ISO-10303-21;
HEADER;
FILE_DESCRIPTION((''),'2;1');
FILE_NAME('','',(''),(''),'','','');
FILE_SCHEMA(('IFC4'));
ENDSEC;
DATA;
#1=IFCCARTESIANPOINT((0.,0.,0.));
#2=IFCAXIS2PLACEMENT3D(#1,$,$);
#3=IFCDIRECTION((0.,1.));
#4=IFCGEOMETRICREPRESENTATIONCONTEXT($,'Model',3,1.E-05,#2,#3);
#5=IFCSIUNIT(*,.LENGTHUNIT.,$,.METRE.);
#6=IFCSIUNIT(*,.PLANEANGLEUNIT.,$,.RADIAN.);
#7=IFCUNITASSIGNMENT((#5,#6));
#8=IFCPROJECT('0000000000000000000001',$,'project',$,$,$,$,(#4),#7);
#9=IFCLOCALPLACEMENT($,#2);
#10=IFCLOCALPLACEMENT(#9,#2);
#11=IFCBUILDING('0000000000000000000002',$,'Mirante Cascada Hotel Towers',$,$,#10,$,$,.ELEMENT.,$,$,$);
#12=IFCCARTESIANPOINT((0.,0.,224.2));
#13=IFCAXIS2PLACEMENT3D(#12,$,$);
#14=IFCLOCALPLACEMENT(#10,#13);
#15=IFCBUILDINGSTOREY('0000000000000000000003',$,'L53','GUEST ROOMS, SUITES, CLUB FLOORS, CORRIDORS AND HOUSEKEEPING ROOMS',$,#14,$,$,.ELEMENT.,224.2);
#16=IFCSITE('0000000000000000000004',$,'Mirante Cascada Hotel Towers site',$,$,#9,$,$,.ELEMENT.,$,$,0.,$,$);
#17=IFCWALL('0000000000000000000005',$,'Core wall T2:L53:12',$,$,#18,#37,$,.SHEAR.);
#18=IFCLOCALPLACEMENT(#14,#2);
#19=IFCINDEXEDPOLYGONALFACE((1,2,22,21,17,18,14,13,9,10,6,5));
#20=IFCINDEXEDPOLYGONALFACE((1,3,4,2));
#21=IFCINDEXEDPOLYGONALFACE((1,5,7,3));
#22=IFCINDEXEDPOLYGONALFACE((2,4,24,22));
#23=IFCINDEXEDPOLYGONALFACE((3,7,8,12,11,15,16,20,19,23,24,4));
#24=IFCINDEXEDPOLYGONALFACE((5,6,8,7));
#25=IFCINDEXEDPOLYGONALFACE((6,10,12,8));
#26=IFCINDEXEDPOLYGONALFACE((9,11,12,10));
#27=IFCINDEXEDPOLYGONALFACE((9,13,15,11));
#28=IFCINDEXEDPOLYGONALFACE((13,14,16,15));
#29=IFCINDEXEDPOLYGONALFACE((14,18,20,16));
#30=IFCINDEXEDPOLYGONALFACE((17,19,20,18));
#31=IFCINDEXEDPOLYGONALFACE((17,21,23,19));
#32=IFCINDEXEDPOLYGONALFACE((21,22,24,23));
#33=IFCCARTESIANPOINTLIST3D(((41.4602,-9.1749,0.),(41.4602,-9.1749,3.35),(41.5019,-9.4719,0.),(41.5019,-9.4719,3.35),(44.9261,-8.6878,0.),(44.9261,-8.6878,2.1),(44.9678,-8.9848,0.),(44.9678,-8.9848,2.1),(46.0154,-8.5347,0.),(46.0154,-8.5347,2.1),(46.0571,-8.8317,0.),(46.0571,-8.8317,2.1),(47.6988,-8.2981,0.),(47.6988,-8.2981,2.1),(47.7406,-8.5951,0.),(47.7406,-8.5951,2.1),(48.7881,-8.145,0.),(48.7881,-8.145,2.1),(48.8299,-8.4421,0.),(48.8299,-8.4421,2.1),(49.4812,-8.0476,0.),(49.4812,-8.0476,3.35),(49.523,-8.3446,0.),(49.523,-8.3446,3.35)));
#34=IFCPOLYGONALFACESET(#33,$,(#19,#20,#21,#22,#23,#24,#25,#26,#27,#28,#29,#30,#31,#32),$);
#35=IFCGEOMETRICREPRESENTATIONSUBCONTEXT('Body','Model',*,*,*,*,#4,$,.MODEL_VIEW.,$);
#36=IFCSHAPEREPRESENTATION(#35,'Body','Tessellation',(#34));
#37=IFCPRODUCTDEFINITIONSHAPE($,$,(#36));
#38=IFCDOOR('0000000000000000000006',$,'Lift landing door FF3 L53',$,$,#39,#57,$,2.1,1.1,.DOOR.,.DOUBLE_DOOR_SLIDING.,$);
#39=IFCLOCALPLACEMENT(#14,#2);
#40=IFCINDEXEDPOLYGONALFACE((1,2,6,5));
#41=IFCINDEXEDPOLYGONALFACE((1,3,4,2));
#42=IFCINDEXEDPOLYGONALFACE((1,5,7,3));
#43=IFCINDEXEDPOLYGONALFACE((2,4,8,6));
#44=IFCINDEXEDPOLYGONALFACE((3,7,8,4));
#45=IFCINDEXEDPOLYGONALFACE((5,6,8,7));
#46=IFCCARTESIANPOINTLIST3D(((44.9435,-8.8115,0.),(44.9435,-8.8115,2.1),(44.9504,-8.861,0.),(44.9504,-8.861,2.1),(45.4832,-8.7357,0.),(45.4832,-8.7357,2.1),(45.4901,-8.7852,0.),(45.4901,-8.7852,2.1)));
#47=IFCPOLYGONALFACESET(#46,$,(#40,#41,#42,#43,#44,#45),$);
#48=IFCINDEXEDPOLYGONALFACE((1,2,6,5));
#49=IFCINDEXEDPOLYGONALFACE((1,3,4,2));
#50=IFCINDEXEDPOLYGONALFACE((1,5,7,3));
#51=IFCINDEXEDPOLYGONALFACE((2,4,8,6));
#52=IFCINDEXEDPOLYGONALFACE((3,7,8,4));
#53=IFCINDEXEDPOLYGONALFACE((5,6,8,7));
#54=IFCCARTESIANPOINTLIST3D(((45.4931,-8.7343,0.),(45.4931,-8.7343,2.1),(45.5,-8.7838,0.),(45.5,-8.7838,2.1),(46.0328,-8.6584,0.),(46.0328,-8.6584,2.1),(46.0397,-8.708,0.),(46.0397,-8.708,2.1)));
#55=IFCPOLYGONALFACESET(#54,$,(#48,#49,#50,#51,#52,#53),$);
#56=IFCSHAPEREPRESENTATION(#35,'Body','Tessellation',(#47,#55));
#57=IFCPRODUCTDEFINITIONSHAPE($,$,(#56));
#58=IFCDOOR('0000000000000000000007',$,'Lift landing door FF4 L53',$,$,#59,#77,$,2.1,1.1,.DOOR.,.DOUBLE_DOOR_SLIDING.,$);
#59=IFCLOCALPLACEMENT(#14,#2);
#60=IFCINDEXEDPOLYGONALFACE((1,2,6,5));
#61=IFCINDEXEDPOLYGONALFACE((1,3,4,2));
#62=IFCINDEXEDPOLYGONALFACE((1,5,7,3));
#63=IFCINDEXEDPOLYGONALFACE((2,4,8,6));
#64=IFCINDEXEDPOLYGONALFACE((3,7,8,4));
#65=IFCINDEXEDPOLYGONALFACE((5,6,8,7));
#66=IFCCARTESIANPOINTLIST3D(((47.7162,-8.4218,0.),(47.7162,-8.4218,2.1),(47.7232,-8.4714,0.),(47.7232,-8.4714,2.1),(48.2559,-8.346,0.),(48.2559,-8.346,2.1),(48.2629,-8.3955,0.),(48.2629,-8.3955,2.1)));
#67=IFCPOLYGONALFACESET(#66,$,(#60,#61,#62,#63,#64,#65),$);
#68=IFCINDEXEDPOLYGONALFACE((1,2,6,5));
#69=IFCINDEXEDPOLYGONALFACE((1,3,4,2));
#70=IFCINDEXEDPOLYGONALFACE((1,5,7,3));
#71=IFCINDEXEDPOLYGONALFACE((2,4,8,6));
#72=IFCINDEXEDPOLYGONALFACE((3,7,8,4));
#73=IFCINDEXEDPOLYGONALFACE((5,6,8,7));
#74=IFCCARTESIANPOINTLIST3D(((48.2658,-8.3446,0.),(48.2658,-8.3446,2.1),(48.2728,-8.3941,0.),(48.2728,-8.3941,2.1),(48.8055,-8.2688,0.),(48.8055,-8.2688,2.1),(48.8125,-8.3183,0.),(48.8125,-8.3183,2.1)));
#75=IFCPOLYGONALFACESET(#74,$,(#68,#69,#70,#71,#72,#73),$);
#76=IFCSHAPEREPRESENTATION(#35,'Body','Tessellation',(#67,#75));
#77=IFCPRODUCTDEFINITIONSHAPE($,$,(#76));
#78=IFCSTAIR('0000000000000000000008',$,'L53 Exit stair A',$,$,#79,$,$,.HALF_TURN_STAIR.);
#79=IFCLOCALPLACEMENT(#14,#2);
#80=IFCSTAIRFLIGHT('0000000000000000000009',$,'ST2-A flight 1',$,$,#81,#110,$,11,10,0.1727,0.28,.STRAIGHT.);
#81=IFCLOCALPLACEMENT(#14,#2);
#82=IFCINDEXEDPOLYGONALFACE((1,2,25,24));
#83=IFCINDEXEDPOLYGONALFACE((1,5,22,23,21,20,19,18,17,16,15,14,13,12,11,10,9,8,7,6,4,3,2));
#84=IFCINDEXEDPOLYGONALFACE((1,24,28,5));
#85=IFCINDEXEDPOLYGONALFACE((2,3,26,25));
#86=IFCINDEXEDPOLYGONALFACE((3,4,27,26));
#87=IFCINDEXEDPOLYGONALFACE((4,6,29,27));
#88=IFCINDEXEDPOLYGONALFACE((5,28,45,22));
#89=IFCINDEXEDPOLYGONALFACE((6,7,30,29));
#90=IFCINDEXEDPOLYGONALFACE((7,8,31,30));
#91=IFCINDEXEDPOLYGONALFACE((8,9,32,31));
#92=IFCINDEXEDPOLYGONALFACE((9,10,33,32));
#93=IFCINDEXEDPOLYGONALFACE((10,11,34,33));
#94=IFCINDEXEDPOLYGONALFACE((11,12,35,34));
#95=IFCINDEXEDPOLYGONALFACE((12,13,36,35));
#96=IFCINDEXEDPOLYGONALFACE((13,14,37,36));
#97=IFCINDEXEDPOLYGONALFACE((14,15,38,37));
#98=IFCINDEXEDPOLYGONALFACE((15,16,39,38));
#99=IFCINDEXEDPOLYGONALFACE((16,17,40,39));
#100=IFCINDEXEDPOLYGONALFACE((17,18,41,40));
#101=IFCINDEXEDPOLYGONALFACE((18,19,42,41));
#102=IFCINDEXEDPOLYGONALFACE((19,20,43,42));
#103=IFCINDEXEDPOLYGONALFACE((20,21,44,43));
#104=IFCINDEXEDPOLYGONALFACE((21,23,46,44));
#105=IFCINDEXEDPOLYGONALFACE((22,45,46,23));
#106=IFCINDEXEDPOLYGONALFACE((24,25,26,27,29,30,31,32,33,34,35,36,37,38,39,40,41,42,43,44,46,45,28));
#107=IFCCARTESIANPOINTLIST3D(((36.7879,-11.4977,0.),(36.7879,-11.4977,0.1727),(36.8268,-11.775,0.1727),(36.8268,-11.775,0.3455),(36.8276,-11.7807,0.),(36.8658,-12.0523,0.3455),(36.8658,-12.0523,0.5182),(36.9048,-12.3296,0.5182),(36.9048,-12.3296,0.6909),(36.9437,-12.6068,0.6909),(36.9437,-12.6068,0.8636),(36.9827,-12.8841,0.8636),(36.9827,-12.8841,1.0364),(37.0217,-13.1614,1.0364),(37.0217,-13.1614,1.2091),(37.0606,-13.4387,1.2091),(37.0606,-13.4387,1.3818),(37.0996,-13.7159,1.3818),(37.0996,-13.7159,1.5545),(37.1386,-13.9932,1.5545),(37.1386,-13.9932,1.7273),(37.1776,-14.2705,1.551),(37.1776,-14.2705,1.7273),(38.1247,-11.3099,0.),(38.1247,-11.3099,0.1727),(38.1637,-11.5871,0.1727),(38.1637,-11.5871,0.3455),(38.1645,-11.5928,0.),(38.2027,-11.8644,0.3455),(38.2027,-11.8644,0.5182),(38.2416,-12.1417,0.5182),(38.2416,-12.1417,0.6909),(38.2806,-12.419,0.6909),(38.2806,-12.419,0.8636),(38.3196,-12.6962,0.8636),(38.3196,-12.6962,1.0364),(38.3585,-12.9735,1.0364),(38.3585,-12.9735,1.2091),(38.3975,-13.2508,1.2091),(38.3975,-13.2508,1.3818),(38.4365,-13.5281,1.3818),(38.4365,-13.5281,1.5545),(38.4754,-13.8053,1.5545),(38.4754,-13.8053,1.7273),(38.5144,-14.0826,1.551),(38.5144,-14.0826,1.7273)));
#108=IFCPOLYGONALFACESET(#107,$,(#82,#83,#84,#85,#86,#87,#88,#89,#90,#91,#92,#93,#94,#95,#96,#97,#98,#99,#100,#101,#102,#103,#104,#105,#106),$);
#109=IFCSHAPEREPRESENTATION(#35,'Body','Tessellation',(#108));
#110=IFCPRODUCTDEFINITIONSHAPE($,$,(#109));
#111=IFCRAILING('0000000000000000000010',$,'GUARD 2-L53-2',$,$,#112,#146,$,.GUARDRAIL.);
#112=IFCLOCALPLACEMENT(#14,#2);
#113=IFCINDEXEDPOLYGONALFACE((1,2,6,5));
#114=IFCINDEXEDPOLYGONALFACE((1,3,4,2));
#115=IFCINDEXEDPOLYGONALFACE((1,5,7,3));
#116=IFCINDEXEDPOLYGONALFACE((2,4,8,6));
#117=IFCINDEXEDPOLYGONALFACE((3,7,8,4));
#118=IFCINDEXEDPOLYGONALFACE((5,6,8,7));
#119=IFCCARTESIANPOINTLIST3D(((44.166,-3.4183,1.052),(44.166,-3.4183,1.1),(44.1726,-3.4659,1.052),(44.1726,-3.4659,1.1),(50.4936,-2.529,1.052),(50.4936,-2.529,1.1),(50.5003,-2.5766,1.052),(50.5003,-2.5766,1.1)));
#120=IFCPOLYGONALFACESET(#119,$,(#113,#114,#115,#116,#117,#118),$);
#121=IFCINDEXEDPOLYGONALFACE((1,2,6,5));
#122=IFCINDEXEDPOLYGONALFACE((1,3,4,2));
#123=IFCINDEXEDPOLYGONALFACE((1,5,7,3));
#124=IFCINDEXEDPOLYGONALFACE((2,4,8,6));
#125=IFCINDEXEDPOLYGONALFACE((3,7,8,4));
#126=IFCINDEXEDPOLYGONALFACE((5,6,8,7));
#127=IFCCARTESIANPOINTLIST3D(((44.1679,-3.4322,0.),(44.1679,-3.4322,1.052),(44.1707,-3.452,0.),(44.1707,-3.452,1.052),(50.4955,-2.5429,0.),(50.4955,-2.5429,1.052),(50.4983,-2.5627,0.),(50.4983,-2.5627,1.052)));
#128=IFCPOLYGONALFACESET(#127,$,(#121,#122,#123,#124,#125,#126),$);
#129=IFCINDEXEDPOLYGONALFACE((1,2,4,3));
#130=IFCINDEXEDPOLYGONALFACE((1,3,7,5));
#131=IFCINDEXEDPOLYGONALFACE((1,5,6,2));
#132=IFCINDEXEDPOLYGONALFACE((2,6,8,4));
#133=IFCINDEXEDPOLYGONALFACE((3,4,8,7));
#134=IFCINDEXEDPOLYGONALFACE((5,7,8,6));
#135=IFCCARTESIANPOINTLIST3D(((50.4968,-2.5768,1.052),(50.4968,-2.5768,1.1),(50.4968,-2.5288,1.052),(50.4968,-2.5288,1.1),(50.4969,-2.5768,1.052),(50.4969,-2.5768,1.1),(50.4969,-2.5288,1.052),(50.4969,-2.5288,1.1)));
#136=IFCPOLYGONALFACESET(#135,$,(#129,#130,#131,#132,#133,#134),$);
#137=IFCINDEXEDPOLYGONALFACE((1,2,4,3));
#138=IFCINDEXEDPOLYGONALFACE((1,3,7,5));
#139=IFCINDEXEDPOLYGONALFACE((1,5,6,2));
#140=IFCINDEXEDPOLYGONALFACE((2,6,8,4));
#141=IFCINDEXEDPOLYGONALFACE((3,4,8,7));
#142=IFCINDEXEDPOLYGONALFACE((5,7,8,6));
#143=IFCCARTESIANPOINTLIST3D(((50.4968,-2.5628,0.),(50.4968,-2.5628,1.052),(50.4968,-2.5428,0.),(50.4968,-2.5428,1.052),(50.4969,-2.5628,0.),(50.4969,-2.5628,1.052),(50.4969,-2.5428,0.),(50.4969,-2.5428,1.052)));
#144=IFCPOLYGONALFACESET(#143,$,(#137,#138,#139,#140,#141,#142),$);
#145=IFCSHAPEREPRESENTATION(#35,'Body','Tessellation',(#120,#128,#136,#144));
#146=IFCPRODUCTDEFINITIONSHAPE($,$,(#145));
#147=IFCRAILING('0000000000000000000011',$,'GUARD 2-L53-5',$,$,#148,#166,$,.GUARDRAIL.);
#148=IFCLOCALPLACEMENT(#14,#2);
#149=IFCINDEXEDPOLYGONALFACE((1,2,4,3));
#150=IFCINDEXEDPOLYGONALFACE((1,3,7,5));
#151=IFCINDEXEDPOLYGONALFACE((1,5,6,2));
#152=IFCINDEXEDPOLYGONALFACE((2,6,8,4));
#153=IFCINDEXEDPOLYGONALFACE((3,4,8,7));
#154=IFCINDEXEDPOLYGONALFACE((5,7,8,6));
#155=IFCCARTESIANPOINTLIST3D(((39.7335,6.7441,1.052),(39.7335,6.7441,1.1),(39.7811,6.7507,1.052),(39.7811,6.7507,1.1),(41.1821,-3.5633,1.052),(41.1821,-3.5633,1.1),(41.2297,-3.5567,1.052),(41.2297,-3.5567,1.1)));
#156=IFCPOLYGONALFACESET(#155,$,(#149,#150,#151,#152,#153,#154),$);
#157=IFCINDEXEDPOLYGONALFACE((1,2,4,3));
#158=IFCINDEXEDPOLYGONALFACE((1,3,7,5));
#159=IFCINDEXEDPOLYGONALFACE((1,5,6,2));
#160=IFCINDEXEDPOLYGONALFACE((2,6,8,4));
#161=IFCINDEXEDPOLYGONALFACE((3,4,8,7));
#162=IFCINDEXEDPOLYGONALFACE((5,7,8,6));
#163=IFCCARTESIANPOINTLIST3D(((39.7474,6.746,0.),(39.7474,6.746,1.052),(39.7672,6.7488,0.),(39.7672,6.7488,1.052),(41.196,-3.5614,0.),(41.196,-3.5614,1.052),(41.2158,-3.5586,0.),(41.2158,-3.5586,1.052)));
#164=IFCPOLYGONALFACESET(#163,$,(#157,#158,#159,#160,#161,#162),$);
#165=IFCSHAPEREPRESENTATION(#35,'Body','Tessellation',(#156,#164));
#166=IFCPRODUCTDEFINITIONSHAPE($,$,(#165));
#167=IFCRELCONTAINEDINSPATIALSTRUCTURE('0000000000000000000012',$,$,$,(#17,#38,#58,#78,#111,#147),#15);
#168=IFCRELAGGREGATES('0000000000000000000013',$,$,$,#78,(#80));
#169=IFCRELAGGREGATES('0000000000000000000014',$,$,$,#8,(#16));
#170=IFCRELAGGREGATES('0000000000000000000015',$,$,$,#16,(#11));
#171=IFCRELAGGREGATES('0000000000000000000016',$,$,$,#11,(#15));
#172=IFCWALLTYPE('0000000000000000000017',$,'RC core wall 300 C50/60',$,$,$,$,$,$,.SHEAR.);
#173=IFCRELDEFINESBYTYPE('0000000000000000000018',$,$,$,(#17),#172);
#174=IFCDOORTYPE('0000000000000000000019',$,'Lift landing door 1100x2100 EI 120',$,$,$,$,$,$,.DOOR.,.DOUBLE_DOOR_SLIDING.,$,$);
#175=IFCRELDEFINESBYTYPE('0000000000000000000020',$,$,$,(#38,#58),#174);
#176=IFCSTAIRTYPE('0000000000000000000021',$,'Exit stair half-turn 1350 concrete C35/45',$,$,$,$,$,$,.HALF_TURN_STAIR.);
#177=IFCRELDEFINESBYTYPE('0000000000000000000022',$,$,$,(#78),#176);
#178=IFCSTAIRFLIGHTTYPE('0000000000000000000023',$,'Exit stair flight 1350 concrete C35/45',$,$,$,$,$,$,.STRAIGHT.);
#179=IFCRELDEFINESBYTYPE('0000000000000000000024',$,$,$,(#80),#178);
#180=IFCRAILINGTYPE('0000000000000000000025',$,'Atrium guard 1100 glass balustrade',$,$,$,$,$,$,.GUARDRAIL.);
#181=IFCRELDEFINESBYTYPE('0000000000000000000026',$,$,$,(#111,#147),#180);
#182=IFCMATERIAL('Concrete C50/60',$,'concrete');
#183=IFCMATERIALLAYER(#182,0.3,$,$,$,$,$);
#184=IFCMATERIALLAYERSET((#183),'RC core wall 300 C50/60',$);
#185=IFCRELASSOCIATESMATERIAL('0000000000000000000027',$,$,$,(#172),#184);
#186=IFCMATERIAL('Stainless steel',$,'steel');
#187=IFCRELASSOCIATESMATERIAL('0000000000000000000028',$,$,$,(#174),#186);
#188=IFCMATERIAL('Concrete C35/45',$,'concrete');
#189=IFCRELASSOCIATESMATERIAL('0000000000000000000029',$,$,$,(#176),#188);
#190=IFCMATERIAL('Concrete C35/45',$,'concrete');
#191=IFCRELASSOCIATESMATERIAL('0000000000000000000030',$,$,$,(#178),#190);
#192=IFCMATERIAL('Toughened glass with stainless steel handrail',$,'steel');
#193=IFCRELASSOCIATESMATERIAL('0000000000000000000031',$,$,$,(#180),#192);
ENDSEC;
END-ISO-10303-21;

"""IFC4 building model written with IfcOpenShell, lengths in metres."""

from ifc_helpers import new_model, si_unit, direction, frame, frame_2d, origin, origin_2d, place, context, subcontext, project, spatial, polyline, rectangle, outline, extrude, material, layer, layer_set, type_object, element, fill, aggregate, save


model = new_model("IFC4")

# Units and contexts
model_context = context("Model", 3, precision=1e-05, world=origin(), true_north=direction((0.0, 1.0)))
body_context = subcontext(model_context, "Body", "Model", "MODEL_VIEW")
ifc_project = project(units=[si_unit("LENGTHUNIT", "METRE"), si_unit("PLANEANGLEUNIT", "RADIAN")], contexts=[model_context])

# Site, building, storey
site_placement = place(None, origin())
site = spatial("IfcSite", under=ifc_project, at=site_placement, Name="Mirante Cascada Hotel Towers site", CompositionType="ELEMENT", RefElevation=0.0)
building_placement = place(site_placement, origin())
building = spatial("IfcBuilding", under=site, at=building_placement, Name="Mirante Cascada Hotel Towers", CompositionType="ELEMENT")
storey_placement = place(building_placement, frame((0.0, 0.0, 224.2)))
storey = spatial("IfcBuildingStorey", under=building, at=storey_placement, Name="L53", Description="GUEST ROOMS, SUITES, CLUB FLOORS, CORRIDORS AND HOUSEKEEPING ROOMS", CompositionType="ELEMENT", Elevation=224.2)

# Shared definitions
ifc_material_1 = material(Name="Concrete C50/60", Category="concrete")
ifc_layer_1 = layer(ifc_material_1, 0.3)
ifc_layer_set_1 = layer_set([ifc_layer_1], Name="RC core wall 300 C50/60")
wall_type_1 = type_object("IfcWallType", Name="RC core wall 300 C50/60", PredefinedType="SHEAR", material=ifc_layer_set_1)

# Wall, openings, doors
wall_1_placement = place(storey_placement, frame((41.481, -9.3234, 0.0), z_axis=(0.0, 0.0, 1.0), x_axis=(0.990268, 0.139174, 0.0)))
wall_1 = element("IfcWall", 1, at=wall_1_placement, inside=storey, type_object=wall_type_1, Name="Core wall T2:L53:12", PredefinedType="SHEAR", context=body_context, shape_type="SweptSolid", body=[
    extrude(rectangle(XDim=8.0999, YDim=0.3, at=frame_2d((4.05, 0.0))), origin(), (0.0, 0.0, 1.0), 3.35),
])
opening_1_placement = place(wall_1_placement, frame((3.5, 0.0, 0.0)))
opening_1 = element("IfcOpeningElement", 2, at=opening_1_placement, cuts=wall_1, PredefinedType="OPENING", context=body_context, shape_type="SweptSolid", body=[
    extrude(rectangle(XDim=1.1, YDim=2.1, at=frame_2d((0.55, 1.05))), frame((0.0, 0.15, 0.0), z_axis=(0.0, -1.0, 0.0), x_axis=(1.0, 0.0, 0.0)), (0.0, 0.0, 1.0), 0.3),
])
opening_2_placement = place(wall_1_placement, frame((6.3, 0.0, 0.0)))
opening_2 = element("IfcOpeningElement", 3, at=opening_2_placement, cuts=wall_1, PredefinedType="OPENING", context=body_context, shape_type="SweptSolid", body=[
    extrude(rectangle(XDim=1.1, YDim=2.1, at=frame_2d((0.55, 1.05))), frame((0.0, 0.15, 0.0), z_axis=(0.0, -1.0, 0.0), x_axis=(1.0, 0.0, 0.0)), (0.0, 0.0, 1.0), 0.3),
])
ifc_material_2 = material(Name="Stainless steel", Category="steel")
door_type_1 = type_object("IfcDoorType", Name="Lift landing door 1100x2100 EI 120", OperationType="DOUBLE_DOOR_SLIDING", PredefinedType="DOOR", material=ifc_material_2)
door_1_placement = place(opening_1_placement, origin())
door_1 = element("IfcDoor", 4, at=door_1_placement, inside=storey, type_object=door_type_1, Name="Lift landing door FF3 L53", OperationType="DOUBLE_DOOR_SLIDING", OverallHeight=2.1, OverallWidth=1.1, PredefinedType="DOOR", context=body_context, shape_type="SweptSolid", body=[
    extrude(rectangle(XDim=0.545, YDim=2.1, at=frame_2d((0.2725, 1.05))), frame((0.0, 0.025, 0.0), z_axis=(0.0, -1.0, 0.0), x_axis=(1.0, 0.0, 0.0)), (0.0, 0.0, 1.0), 0.05),
    extrude(rectangle(XDim=0.545, YDim=2.1, at=frame_2d((0.8275, 1.05))), frame((0.0, 0.025, 0.0), z_axis=(0.0, -1.0, 0.0), x_axis=(1.0, 0.0, 0.0)), (0.0, 0.0, 1.0), 0.05),
])
fill(opening_1, door_1)
door_2_placement = place(opening_2_placement, origin())
door_2 = element("IfcDoor", 5, at=door_2_placement, inside=storey, type_object=door_type_1, Name="Lift landing door FF4 L53", OperationType="DOUBLE_DOOR_SLIDING", OverallHeight=2.1, OverallWidth=1.1, PredefinedType="DOOR", context=body_context, shape_type="SweptSolid", body=[
    extrude(rectangle(XDim=0.545, YDim=2.1, at=frame_2d((0.2725, 1.05))), frame((0.0, 0.025, 0.0), z_axis=(0.0, -1.0, 0.0), x_axis=(1.0, 0.0, 0.0)), (0.0, 0.0, 1.0), 0.05),
    extrude(rectangle(XDim=0.545, YDim=2.1, at=frame_2d((0.8275, 1.05))), frame((0.0, 0.025, 0.0), z_axis=(0.0, -1.0, 0.0), x_axis=(1.0, 0.0, 0.0)), (0.0, 0.0, 1.0), 0.05),
])
fill(opening_2, door_2)

# Stair, stair flight
ifc_material_3 = material(Name="Concrete C35/45", Category="concrete")
stair_type = type_object("IfcStairType", Name="Exit stair half-turn 1350 concrete C35/45", PredefinedType="HALF_TURN_STAIR", material=ifc_material_3)
stair_placement = place(storey_placement, origin())
stair = element("IfcStair", 6, at=stair_placement, inside=storey, type_object=stair_type, Name="L53 Exit stair A", PredefinedType="HALF_TURN_STAIR")
ifc_material_4 = material(Name="Concrete C35/45", Category="concrete")
stair_flight_type = type_object("IfcStairFlightType", Name="Exit stair flight 1350 concrete C35/45", PredefinedType="STRAIGHT", material=ifc_material_4)
stair_flight_placement = place(storey_placement, frame((37.4563, -11.4038, 0.0), z_axis=(0.0, 0.0, 1.0), x_axis=(0.139173, -0.990268, 0.0)))
stair_flight = element("IfcStairFlight", 7, at=stair_flight_placement, type_object=stair_flight_type, Name="ST2-A flight 1", NumberOfRisers=11, NumberOfTreads=10, PredefinedType="STRAIGHT", RiserHeight=0.1727, TreadLength=0.28, context=body_context, shape_type="SweptSolid", body=[
    extrude(outline(polyline([(0.0, 0.0), (0.0, 0.1727), (0.28, 0.1727), (0.28, 0.3455), (0.56, 0.3455), (0.56, 0.5182), (0.84, 0.5182), (0.84, 0.6909), (1.12, 0.6909), (1.12, 0.8636), (1.4, 0.8636), (1.4, 1.0364), (1.68, 1.0364), (1.68, 1.2091), (1.96, 1.2091), (1.96, 1.3818), (2.24, 1.3818), (2.24, 1.5545), (2.52, 1.5545), (2.52, 1.7273), (2.8, 1.7273), (2.8, 1.9), (2.8, 1.551), (0.2857, 0.0), (0.0, 0.0)])), frame((0.0, 0.675, 0.0), z_axis=(0.0, -1.0, 0.0), x_axis=(1.0, 0.0, 0.0)), (0.0, 0.0, 1.0), 1.35),
])
aggregate(stair, [stair_flight])

# Railings
ifc_material_5 = material(Name="Toughened glass with stainless steel handrail", Category="steel")
railing_type_1 = type_object("IfcRailingType", Name="Atrium guard 1100 glass balustrade", PredefinedType="GUARDRAIL", material=ifc_material_5)
railing_1_placement = place(storey_placement, frame((44.1693, -3.4421, 0.0)))
element("IfcRailing", 8, at=railing_1_placement, inside=storey, type_object=railing_type_1, Name="GUARD 2-L53-2", PredefinedType="GUARDRAIL", context=body_context, shape_type="SweptSolid", body=[
    extrude(rectangle(XDim=0.048, YDim=0.048, at=origin_2d()), frame((0.0, 0.0, 1.076), z_axis=(0.990268, 0.139175, 0.0), x_axis=(-0.139175, 0.990268, 0.0)), (0.0, 0.0, 1.0), 6.3898),
    extrude(rectangle(XDim=0.02, YDim=1.052, at=origin_2d()), frame((0.0, 0.0, 0.526), z_axis=(0.990268, 0.139175, 0.0), x_axis=(-0.139175, 0.990268, 0.0)), (0.0, 0.0, 1.0), 6.3898),
    extrude(rectangle(XDim=0.048, YDim=0.048, at=origin_2d()), frame((6.3276, 0.8893, 1.076), z_axis=(-1.0, 0.0, 0.0), x_axis=(0.0, -1.0, 0.0)), (0.0, 0.0, 1.0), 0.0001),
    extrude(rectangle(XDim=0.02, YDim=1.052, at=origin_2d()), frame((6.3276, 0.8893, 0.526), z_axis=(-1.0, 0.0, 0.0), x_axis=(0.0, -1.0, 0.0)), (0.0, 0.0, 1.0), 0.0001),
])
railing_2_placement = place(storey_placement, frame((41.2059, -3.56, 0.0)))
element("IfcRailing", 9, at=railing_2_placement, inside=storey, type_object=railing_type_1, Name="GUARD 2-L53-5", PredefinedType="GUARDRAIL", context=body_context, shape_type="SweptSolid", body=[
    extrude(rectangle(XDim=0.048, YDim=0.048, at=origin_2d()), frame((0.0, 0.0, 1.076), z_axis=(-0.139172, 0.990268, 0.0), x_axis=(-0.990268, -0.139172, 0.0)), (0.0, 0.0, 1.0), 10.4087),
    extrude(rectangle(XDim=0.02, YDim=1.052, at=origin_2d()), frame((0.0, 0.0, 0.526), z_axis=(-0.139172, 0.990268, 0.0), x_axis=(-0.990268, -0.139172, 0.0)), (0.0, 0.0, 1.0), 10.4087),
])

save(model, "model.ifc")
